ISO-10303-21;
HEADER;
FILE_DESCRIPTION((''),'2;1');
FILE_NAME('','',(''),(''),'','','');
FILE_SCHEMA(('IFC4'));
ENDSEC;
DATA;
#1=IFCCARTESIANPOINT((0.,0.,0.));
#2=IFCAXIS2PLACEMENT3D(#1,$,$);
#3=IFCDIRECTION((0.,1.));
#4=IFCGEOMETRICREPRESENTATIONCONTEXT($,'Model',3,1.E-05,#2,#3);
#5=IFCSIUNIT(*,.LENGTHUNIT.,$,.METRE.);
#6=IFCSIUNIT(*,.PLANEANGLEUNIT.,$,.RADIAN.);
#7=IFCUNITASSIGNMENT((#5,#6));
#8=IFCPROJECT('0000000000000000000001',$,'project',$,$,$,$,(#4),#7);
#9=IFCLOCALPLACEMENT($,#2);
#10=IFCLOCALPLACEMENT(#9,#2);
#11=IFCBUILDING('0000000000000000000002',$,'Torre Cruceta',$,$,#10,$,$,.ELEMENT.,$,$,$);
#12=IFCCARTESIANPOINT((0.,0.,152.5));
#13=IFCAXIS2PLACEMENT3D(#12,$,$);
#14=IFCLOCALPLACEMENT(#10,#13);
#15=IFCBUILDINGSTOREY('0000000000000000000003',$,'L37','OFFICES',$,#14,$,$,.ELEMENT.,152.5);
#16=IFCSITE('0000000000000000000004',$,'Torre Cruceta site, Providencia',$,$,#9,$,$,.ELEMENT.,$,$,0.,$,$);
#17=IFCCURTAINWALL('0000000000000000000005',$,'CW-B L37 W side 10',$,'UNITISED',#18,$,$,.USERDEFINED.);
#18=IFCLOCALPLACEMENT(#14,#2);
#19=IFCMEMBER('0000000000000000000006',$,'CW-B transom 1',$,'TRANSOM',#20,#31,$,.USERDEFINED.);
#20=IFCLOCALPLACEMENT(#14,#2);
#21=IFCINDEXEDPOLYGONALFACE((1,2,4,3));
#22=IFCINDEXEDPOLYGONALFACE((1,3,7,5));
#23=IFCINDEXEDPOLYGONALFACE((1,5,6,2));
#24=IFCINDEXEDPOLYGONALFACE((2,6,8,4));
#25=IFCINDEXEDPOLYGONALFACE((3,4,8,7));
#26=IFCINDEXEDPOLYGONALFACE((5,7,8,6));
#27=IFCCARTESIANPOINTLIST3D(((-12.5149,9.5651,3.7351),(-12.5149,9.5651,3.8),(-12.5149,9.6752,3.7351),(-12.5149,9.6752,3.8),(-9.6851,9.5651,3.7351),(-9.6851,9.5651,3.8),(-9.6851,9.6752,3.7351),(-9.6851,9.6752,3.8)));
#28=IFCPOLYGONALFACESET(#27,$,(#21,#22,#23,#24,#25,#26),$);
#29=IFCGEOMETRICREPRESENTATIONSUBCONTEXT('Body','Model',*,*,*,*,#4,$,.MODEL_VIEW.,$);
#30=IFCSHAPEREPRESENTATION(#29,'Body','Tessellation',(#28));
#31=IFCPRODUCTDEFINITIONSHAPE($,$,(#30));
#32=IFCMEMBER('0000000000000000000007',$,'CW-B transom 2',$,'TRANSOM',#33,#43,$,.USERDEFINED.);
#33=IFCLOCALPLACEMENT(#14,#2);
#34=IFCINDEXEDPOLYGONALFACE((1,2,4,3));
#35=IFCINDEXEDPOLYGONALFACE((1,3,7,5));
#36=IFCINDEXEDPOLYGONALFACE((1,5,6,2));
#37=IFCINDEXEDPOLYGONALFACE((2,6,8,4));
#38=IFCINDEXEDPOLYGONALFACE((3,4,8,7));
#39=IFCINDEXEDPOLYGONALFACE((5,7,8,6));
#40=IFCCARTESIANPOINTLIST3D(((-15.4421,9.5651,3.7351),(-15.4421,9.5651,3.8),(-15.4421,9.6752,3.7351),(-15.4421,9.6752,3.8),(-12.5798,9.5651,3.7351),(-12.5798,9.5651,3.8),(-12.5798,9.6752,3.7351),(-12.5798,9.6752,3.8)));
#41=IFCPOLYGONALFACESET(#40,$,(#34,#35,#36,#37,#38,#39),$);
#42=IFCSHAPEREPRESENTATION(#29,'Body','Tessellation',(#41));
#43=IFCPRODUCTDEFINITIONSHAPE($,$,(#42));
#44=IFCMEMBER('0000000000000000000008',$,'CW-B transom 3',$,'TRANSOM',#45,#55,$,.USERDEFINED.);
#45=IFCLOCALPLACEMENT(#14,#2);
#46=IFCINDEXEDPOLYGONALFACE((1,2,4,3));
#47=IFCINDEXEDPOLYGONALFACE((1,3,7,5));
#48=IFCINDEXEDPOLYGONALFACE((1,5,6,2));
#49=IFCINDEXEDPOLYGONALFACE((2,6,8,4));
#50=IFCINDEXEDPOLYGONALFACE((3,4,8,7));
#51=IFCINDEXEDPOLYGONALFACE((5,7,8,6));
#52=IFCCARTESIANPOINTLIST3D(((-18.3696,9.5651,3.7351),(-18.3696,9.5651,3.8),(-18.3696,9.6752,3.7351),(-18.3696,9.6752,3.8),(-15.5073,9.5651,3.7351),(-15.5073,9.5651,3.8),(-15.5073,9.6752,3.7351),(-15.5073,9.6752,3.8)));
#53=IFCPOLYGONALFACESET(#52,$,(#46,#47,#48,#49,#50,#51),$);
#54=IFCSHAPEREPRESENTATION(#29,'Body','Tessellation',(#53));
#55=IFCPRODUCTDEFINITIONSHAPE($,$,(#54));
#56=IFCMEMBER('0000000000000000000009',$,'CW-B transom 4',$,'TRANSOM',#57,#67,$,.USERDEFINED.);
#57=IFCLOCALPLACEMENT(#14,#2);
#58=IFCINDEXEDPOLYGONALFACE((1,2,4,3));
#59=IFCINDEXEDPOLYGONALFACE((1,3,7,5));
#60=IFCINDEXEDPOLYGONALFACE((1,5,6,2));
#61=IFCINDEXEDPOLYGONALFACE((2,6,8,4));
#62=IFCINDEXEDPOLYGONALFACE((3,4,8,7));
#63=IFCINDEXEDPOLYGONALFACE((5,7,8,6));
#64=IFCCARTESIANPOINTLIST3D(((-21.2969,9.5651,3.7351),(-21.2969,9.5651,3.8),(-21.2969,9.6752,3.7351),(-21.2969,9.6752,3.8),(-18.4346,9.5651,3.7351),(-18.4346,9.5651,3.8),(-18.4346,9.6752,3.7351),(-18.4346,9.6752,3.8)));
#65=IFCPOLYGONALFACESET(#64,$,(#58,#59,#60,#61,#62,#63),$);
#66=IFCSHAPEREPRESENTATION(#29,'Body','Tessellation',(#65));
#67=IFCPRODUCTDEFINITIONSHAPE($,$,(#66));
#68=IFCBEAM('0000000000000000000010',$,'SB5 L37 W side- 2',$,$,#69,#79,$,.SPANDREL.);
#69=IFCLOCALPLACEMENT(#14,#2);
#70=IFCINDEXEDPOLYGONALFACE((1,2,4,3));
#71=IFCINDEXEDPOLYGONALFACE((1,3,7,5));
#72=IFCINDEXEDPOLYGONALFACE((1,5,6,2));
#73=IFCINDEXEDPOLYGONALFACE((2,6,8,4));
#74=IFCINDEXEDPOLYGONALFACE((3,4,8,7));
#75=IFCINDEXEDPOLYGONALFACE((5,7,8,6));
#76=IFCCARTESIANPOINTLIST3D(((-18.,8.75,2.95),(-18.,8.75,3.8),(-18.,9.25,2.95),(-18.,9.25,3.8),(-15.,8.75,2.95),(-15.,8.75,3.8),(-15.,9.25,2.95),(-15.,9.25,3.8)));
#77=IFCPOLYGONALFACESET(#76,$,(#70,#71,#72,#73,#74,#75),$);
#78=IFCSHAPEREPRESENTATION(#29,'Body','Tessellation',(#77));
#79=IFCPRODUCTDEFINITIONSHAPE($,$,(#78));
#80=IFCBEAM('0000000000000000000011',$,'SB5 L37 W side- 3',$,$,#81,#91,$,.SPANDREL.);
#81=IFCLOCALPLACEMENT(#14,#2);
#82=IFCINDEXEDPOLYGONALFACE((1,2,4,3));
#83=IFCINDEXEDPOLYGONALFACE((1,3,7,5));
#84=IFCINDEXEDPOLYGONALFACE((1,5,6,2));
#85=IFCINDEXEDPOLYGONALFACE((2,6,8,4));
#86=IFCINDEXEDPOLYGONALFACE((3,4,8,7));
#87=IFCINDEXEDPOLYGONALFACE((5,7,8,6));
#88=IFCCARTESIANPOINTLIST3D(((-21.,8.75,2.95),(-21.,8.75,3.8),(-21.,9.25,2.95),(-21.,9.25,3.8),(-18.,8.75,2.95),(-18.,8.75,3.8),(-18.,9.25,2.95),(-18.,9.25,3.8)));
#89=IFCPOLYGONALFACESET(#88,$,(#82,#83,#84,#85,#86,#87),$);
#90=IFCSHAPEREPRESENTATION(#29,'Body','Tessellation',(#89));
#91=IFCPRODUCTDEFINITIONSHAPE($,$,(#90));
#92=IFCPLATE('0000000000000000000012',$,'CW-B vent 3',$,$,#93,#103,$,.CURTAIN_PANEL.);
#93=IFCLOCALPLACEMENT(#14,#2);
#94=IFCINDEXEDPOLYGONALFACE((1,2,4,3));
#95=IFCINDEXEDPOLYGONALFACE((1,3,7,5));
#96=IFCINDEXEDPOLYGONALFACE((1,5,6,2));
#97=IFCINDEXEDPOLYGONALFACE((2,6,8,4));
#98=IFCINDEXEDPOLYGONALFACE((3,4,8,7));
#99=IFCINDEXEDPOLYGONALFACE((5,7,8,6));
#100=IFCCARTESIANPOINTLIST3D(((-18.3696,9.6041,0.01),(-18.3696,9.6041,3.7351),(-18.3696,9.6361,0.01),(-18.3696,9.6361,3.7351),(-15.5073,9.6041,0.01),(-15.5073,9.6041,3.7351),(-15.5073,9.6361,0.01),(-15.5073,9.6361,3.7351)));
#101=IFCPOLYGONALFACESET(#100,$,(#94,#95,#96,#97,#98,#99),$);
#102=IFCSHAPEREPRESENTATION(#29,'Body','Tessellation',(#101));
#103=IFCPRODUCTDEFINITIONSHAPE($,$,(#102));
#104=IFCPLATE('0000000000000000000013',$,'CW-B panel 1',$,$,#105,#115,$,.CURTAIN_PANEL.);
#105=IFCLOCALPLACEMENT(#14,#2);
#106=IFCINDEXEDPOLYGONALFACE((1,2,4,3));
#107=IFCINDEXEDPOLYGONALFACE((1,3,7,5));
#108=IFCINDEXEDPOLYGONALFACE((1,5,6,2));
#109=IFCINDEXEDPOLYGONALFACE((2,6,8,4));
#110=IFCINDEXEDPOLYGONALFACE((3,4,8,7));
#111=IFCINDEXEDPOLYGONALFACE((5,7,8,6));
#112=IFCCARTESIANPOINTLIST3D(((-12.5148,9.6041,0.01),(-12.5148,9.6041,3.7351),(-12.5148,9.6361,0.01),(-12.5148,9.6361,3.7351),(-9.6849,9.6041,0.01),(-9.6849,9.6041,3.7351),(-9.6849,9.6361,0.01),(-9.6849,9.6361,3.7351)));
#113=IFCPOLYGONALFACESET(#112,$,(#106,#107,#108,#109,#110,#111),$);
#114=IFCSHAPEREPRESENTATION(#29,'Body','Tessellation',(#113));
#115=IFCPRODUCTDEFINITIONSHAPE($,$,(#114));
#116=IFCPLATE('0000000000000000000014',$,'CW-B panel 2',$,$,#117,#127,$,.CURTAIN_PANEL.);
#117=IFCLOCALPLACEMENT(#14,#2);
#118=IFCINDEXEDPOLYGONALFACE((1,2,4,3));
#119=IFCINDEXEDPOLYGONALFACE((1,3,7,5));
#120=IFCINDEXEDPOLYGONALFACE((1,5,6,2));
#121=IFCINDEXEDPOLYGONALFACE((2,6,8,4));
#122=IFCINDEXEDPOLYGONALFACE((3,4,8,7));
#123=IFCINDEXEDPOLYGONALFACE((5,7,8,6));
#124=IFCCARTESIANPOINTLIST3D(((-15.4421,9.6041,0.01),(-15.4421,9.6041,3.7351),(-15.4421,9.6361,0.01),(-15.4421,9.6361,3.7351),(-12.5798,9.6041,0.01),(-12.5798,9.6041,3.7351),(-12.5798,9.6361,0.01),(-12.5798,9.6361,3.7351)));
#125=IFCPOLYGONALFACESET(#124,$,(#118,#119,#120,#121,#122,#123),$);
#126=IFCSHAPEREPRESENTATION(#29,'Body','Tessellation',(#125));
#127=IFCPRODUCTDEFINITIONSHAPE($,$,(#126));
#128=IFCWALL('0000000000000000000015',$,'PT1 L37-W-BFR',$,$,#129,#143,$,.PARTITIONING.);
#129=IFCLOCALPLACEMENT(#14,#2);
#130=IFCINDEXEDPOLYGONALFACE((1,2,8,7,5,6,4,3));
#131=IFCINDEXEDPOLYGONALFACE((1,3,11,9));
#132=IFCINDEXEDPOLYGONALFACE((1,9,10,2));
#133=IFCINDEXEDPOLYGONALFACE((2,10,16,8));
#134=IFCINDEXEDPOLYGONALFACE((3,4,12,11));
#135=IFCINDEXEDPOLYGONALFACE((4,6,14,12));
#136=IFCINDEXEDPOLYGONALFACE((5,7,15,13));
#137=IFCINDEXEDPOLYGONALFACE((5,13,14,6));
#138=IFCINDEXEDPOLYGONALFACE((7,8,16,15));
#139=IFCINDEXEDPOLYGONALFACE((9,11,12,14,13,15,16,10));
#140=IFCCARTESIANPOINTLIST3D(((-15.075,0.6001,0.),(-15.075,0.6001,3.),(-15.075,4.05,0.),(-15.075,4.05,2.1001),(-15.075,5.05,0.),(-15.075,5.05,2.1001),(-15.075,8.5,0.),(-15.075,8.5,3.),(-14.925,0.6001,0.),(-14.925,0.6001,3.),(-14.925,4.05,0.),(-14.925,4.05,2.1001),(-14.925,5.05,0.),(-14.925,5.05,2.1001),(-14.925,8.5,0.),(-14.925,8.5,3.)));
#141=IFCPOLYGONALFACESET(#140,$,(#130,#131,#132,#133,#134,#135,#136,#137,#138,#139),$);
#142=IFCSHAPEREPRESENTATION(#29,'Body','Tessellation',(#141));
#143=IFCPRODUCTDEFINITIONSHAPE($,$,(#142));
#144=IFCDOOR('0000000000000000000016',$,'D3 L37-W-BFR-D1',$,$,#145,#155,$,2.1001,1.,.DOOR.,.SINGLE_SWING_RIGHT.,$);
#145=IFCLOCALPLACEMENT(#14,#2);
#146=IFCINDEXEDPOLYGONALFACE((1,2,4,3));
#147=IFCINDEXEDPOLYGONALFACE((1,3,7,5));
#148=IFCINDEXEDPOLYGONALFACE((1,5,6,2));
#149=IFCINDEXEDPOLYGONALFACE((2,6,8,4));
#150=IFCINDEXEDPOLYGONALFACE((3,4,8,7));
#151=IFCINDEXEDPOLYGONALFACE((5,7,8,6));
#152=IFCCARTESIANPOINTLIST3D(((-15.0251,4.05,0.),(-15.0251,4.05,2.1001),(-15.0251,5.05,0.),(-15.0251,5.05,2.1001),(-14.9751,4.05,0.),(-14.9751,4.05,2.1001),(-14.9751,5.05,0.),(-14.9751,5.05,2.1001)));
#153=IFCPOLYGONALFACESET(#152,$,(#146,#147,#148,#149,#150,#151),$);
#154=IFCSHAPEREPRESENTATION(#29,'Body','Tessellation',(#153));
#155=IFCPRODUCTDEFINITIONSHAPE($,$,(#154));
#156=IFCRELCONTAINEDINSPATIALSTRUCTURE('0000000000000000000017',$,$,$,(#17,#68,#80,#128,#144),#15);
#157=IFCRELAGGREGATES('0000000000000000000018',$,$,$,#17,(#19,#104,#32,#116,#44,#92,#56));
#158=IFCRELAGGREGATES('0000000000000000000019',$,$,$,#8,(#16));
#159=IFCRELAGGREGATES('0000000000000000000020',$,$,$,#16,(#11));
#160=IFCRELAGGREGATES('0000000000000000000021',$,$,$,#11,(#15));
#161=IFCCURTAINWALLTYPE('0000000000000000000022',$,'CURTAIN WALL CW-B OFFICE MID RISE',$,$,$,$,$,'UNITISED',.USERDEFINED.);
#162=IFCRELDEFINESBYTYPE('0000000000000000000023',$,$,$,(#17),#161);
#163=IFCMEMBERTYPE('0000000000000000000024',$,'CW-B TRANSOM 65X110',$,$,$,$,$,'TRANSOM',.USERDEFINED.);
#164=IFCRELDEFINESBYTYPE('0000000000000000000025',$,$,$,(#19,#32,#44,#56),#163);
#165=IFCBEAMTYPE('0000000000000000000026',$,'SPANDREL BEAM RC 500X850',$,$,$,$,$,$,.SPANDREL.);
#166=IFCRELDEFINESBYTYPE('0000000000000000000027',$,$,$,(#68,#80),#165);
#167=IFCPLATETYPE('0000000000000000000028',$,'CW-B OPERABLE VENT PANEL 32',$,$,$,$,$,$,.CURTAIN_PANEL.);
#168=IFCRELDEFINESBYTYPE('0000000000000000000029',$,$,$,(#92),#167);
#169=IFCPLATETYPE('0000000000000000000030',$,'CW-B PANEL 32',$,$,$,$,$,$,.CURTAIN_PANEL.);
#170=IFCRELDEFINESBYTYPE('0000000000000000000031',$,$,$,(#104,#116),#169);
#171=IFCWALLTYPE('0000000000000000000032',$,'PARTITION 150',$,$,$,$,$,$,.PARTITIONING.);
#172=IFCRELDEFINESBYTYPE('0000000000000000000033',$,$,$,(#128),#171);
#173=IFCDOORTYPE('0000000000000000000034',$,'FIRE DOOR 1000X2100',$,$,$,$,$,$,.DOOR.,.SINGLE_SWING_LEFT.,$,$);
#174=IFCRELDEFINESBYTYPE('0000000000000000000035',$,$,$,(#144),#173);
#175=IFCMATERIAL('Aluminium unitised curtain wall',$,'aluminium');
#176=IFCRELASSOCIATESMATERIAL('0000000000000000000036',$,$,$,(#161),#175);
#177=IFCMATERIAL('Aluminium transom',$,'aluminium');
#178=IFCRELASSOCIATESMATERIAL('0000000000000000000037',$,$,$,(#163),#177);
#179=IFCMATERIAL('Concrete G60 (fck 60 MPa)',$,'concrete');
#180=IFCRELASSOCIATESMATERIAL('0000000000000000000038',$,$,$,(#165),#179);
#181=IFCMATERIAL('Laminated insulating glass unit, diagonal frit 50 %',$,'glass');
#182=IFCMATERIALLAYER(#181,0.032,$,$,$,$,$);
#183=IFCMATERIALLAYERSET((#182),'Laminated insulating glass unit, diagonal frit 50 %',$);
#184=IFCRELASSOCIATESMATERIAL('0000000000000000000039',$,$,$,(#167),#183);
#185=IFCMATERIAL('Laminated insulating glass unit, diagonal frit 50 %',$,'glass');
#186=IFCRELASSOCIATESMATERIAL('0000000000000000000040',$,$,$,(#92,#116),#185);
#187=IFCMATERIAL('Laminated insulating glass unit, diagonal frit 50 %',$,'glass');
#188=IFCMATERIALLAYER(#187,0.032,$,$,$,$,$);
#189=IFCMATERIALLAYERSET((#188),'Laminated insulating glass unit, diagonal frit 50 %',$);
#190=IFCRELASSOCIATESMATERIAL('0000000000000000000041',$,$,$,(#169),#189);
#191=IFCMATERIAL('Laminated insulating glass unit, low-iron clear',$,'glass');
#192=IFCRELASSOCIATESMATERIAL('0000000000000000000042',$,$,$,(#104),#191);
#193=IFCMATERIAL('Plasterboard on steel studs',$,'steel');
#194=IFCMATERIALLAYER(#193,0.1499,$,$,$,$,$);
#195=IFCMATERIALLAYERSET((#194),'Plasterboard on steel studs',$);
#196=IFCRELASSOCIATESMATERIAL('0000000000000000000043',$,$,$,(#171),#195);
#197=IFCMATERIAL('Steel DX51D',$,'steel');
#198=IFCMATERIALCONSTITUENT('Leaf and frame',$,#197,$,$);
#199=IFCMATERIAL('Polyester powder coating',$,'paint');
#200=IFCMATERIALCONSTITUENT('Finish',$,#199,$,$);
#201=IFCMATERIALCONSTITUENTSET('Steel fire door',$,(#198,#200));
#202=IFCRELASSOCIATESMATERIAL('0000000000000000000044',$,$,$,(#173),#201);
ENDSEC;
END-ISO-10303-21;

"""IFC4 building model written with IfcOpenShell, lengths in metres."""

from ifc_helpers import new_model, si_unit, direction, frame, frame_2d, origin, origin_2d, place, context, subcontext, project, spatial, rectangle, extrude, material, layer, layer_set, constituent, constituent_set, material_profile, profile_set, type_object, element, fill, aggregate, save


model = new_model("IFC4")

# Units and contexts
model_context = context("Model", 3, precision=1e-05, world=origin(), true_north=direction((0.0, 1.0)))
body_context = subcontext(model_context, "Body", "Model", "MODEL_VIEW")
ifc_project = project(units=[si_unit("LENGTHUNIT", "METRE"), si_unit("PLANEANGLEUNIT", "RADIAN")], contexts=[model_context])

# Site, building, storey
site_placement = place(None, origin())
site = spatial("IfcSite", under=ifc_project, at=site_placement, Name="Torre Cruceta site, Providencia", CompositionType="ELEMENT", RefElevation=0.0)
building_placement = place(site_placement, origin())
building = spatial("IfcBuilding", under=site, at=building_placement, Name="Torre Cruceta", CompositionType="ELEMENT")
storey_placement = place(building_placement, frame((0.0, 0.0, 152.5)))
storey = spatial("IfcBuildingStorey", under=building, at=storey_placement, Name="L37", Description="OFFICES", CompositionType="ELEMENT", Elevation=152.5)

# Curtain wall, members
ifc_material_1 = material(Name="Aluminium unitised curtain wall", Category="aluminium")
curtain_wall_type = type_object("IfcCurtainWallType", Name="CURTAIN WALL CW-B OFFICE MID RISE", ElementType="UNITISED", PredefinedType="USERDEFINED", material=ifc_material_1)
curtain_wall_placement = place(storey_placement, origin())
curtain_wall = element("IfcCurtainWall", 1, at=curtain_wall_placement, inside=storey, type_object=curtain_wall_type, Name="CW-B L37 W side 10", ObjectType="UNITISED", PredefinedType="USERDEFINED")
ifc_material_2 = material(Name="Aluminium transom", Category="aluminium")
ifc_material_profile_1 = material_profile(ifc_material_2, rectangle(XDim=0.1101, YDim=0.0649, at=origin_2d()), Name="AL 110X65")
ifc_profile_set_1 = profile_set([ifc_material_profile_1], Name="Aluminium transom")
member_type_1 = type_object("IfcMemberType", Name="CW-B TRANSOM 65X110", ElementType="TRANSOM", PredefinedType="USERDEFINED", material=ifc_profile_set_1)
member_1_placement = place(storey_placement, frame((-9.6851, 9.6201, 3.7676), z_axis=(-1.0, 0.0, 0.0), x_axis=(0.0, -1.0, 0.0)))
member_1 = element("IfcMember", 2, at=member_1_placement, type_object=member_type_1, Name="CW-B transom 1", ObjectType="TRANSOM", PredefinedType="USERDEFINED", context=body_context, shape_type="SweptSolid", body=[
    extrude(rectangle(XDim=0.1101, YDim=0.0649, at=origin_2d()), origin(), (0.0, 0.0, 1.0), 2.8298),
])
member_2_placement = place(storey_placement, frame((-12.5798, 9.6201, 3.7676), z_axis=(-1.0, 0.0, 0.0), x_axis=(0.0, -1.0, 0.0)))
member_2 = element("IfcMember", 3, at=member_2_placement, type_object=member_type_1, Name="CW-B transom 2", ObjectType="TRANSOM", PredefinedType="USERDEFINED", context=body_context, shape_type="SweptSolid", body=[
    extrude(rectangle(XDim=0.1101, YDim=0.0649, at=origin_2d()), origin(), (0.0, 0.0, 1.0), 2.8623),
])
member_3_placement = place(storey_placement, frame((-15.5073, 9.6201, 3.7676), z_axis=(-1.0, 0.0, 0.0), x_axis=(0.0, -1.0, 0.0)))
member_3 = element("IfcMember", 4, at=member_3_placement, type_object=member_type_1, Name="CW-B transom 3", ObjectType="TRANSOM", PredefinedType="USERDEFINED", context=body_context, shape_type="SweptSolid", body=[
    extrude(rectangle(XDim=0.1101, YDim=0.0649, at=origin_2d()), origin(), (0.0, 0.0, 1.0), 2.8623),
])
member_4_placement = place(storey_placement, frame((-18.4346, 9.6201, 3.7676), z_axis=(-1.0, 0.0, 0.0), x_axis=(0.0, -1.0, 0.0)))
member_4 = element("IfcMember", 5, at=member_4_placement, type_object=member_type_1, Name="CW-B transom 4", ObjectType="TRANSOM", PredefinedType="USERDEFINED", context=body_context, shape_type="SweptSolid", body=[
    extrude(rectangle(XDim=0.1101, YDim=0.0649, at=origin_2d()), origin(), (0.0, 0.0, 1.0), 2.8623),
])

# Beams
ifc_material_3 = material(Name="Concrete G60 (fck 60 MPa)", Category="concrete")
ifc_material_profile_2 = material_profile(ifc_material_3, rectangle(XDim=0.5, YDim=0.8501, at=origin_2d()), Name="RC 500X850")
ifc_profile_set_2 = profile_set([ifc_material_profile_2], Name="Concrete G60 (fck 60 MPa)")
beam_type_1 = type_object("IfcBeamType", Name="SPANDREL BEAM RC 500X850", PredefinedType="SPANDREL", material=ifc_profile_set_2)
for number, where, z_axis, x_axis, name in (
    (6, (-15.0, 9.0, 3.375), (-1.0, 0.0, 0.0), (0.0, -1.0, 0.0), "SB5 L37 W side- 2"),
    (7, (-18.0, 9.0, 3.375), (-1.0, 0.0, 0.0), (0.0, -1.0, 0.0), "SB5 L37 W side- 3"),
):
    element("IfcBeam", number, at=place(storey_placement, frame(where, z_axis=z_axis, x_axis=x_axis)), inside=storey, type_object=beam_type_1, Name=name, PredefinedType="SPANDREL", context=body_context, shape_type="SweptSolid", body=[
        extrude(rectangle(XDim=0.5, YDim=0.8501, at=origin_2d()), origin(), (0.0, 0.0, 1.0), 3.0),
    ])

# Plates
ifc_material_4 = material(Name="Laminated insulating glass unit, diagonal frit 50 %", Category="glass")
ifc_material_5 = material(Name="Laminated insulating glass unit, diagonal frit 50 %", Category="glass")
ifc_layer_1 = layer(ifc_material_5, 0.032)
ifc_layer_set_1 = layer_set([ifc_layer_1], Name="Laminated insulating glass unit, diagonal frit 50 %")
plate_type_1 = type_object("IfcPlateType", Name="CW-B OPERABLE VENT PANEL 32", PredefinedType="CURTAIN_PANEL", material=ifc_layer_set_1)
plate_1_placement = place(storey_placement, frame((-16.9385, 9.6201, 0.01), z_axis=(0.0, 0.0, 1.0), x_axis=(-1.0, 0.0, 0.0)))
plate_1 = element("IfcPlate", 8, at=plate_1_placement, type_object=plate_type_1, material=ifc_material_4, Name="CW-B vent 3", PredefinedType="CURTAIN_PANEL", context=body_context, shape_type="SweptSolid", body=[
    extrude(rectangle(XDim=2.8623, YDim=0.032, at=origin_2d()), origin(), (0.0, 0.0, 1.0), 3.7251),
])
ifc_material_6 = material(Name="Laminated insulating glass unit, low-iron clear", Category="glass")
ifc_material_7 = material(Name="Laminated insulating glass unit, diagonal frit 50 %", Category="glass")
ifc_layer_2 = layer(ifc_material_7, 0.032)
ifc_layer_set_2 = layer_set([ifc_layer_2], Name="Laminated insulating glass unit, diagonal frit 50 %")
plate_type_2 = type_object("IfcPlateType", Name="CW-B PANEL 32", PredefinedType="CURTAIN_PANEL", material=ifc_layer_set_2)
plate_2_placement = place(storey_placement, frame((-11.0999, 9.6201, 0.01), z_axis=(0.0, 0.0, 1.0), x_axis=(-1.0, 0.0, 0.0)))
plate_2 = element("IfcPlate", 9, at=plate_2_placement, type_object=plate_type_2, material=ifc_material_6, Name="CW-B panel 1", PredefinedType="CURTAIN_PANEL", context=body_context, shape_type="SweptSolid", body=[
    extrude(rectangle(XDim=2.8298, YDim=0.032, at=origin_2d()), origin(), (0.0, 0.0, 1.0), 3.7251),
])
plate_3_placement = place(storey_placement, frame((-14.011, 9.6201, 0.01), z_axis=(0.0, 0.0, 1.0), x_axis=(-1.0, 0.0, 0.0)))
plate_3 = element("IfcPlate", 10, at=plate_3_placement, type_object=plate_type_2, material=ifc_material_4, Name="CW-B panel 2", PredefinedType="CURTAIN_PANEL", context=body_context, shape_type="SweptSolid", body=[
    extrude(rectangle(XDim=2.8623, YDim=0.032, at=origin_2d()), origin(), (0.0, 0.0, 1.0), 3.7251),
])
aggregate(curtain_wall, [member_1, plate_2, member_2, plate_3, member_3, plate_1, member_4])

# Wall, opening, door
ifc_material_8 = material(Name="Plasterboard on steel studs", Category="steel")
ifc_layer_3 = layer(ifc_material_8, 0.1499)
ifc_layer_set_3 = layer_set([ifc_layer_3], Name="Plasterboard on steel studs")
wall_type = type_object("IfcWallType", Name="PARTITION 150", PredefinedType="PARTITIONING", material=ifc_layer_set_3)
wall_placement = place(storey_placement, frame((-15.0, 8.5, 0.0), z_axis=(0.0, 0.0, 1.0), x_axis=(0.0, -1.0, 0.0)))
wall = element("IfcWall", 11, at=wall_placement, inside=storey, type_object=wall_type, Name="PT1 L37-W-BFR", PredefinedType="PARTITIONING", context=body_context, shape_type="SweptSolid", body=[
    extrude(rectangle(XDim=7.8999, YDim=0.1499, at=frame_2d((3.95, 0.0))), origin(), (0.0, 0.0, 1.0), 3.0),
])
opening_placement = place(wall_placement, frame((3.45, 0.0, 0.0)))
opening = element("IfcOpeningElement", 12, at=opening_placement, cuts=wall, PredefinedType="OPENING", context=body_context, shape_type="SweptSolid", body=[
    extrude(rectangle(XDim=1.0, YDim=2.1001, at=frame_2d((0.5, 1.05))), frame((0.0, 0.085, 0.0), z_axis=(0.0, -1.0, 0.0), x_axis=(1.0, 0.0, 0.0)), (0.0, 0.0, 1.0), 0.1699),
])
ifc_material_9 = material(Name="Steel DX51D", Category="steel")
ifc_constituent_1 = constituent(ifc_material_9, Name="Leaf and frame")
ifc_material_10 = material(Name="Polyester powder coating", Category="paint")
ifc_constituent_2 = constituent(ifc_material_10, Name="Finish")
ifc_constituent_set = constituent_set(constituents=[ifc_constituent_1, ifc_constituent_2], Name="Steel fire door")
door_type = type_object("IfcDoorType", Name="FIRE DOOR 1000X2100", OperationType="SINGLE_SWING_LEFT", PredefinedType="DOOR", material=ifc_constituent_set)
door_placement = place(opening_placement, origin())
door = element("IfcDoor", 13, at=door_placement, inside=storey, type_object=door_type, Name="D3 L37-W-BFR-D1", OperationType="SINGLE_SWING_RIGHT", OverallHeight=2.1001, OverallWidth=1.0, PredefinedType="DOOR", context=body_context, shape_type="SweptSolid", body=[
    extrude(rectangle(XDim=1.0, YDim=2.1001, at=frame_2d((0.5, 1.05))), frame((0.0, 0.0249, 0.0), z_axis=(0.0, -1.0, 0.0), x_axis=(1.0, 0.0, 0.0)), (0.0, 0.0, 1.0), 0.05),
])
fill(opening, door)

save(model, "model.ifc")
